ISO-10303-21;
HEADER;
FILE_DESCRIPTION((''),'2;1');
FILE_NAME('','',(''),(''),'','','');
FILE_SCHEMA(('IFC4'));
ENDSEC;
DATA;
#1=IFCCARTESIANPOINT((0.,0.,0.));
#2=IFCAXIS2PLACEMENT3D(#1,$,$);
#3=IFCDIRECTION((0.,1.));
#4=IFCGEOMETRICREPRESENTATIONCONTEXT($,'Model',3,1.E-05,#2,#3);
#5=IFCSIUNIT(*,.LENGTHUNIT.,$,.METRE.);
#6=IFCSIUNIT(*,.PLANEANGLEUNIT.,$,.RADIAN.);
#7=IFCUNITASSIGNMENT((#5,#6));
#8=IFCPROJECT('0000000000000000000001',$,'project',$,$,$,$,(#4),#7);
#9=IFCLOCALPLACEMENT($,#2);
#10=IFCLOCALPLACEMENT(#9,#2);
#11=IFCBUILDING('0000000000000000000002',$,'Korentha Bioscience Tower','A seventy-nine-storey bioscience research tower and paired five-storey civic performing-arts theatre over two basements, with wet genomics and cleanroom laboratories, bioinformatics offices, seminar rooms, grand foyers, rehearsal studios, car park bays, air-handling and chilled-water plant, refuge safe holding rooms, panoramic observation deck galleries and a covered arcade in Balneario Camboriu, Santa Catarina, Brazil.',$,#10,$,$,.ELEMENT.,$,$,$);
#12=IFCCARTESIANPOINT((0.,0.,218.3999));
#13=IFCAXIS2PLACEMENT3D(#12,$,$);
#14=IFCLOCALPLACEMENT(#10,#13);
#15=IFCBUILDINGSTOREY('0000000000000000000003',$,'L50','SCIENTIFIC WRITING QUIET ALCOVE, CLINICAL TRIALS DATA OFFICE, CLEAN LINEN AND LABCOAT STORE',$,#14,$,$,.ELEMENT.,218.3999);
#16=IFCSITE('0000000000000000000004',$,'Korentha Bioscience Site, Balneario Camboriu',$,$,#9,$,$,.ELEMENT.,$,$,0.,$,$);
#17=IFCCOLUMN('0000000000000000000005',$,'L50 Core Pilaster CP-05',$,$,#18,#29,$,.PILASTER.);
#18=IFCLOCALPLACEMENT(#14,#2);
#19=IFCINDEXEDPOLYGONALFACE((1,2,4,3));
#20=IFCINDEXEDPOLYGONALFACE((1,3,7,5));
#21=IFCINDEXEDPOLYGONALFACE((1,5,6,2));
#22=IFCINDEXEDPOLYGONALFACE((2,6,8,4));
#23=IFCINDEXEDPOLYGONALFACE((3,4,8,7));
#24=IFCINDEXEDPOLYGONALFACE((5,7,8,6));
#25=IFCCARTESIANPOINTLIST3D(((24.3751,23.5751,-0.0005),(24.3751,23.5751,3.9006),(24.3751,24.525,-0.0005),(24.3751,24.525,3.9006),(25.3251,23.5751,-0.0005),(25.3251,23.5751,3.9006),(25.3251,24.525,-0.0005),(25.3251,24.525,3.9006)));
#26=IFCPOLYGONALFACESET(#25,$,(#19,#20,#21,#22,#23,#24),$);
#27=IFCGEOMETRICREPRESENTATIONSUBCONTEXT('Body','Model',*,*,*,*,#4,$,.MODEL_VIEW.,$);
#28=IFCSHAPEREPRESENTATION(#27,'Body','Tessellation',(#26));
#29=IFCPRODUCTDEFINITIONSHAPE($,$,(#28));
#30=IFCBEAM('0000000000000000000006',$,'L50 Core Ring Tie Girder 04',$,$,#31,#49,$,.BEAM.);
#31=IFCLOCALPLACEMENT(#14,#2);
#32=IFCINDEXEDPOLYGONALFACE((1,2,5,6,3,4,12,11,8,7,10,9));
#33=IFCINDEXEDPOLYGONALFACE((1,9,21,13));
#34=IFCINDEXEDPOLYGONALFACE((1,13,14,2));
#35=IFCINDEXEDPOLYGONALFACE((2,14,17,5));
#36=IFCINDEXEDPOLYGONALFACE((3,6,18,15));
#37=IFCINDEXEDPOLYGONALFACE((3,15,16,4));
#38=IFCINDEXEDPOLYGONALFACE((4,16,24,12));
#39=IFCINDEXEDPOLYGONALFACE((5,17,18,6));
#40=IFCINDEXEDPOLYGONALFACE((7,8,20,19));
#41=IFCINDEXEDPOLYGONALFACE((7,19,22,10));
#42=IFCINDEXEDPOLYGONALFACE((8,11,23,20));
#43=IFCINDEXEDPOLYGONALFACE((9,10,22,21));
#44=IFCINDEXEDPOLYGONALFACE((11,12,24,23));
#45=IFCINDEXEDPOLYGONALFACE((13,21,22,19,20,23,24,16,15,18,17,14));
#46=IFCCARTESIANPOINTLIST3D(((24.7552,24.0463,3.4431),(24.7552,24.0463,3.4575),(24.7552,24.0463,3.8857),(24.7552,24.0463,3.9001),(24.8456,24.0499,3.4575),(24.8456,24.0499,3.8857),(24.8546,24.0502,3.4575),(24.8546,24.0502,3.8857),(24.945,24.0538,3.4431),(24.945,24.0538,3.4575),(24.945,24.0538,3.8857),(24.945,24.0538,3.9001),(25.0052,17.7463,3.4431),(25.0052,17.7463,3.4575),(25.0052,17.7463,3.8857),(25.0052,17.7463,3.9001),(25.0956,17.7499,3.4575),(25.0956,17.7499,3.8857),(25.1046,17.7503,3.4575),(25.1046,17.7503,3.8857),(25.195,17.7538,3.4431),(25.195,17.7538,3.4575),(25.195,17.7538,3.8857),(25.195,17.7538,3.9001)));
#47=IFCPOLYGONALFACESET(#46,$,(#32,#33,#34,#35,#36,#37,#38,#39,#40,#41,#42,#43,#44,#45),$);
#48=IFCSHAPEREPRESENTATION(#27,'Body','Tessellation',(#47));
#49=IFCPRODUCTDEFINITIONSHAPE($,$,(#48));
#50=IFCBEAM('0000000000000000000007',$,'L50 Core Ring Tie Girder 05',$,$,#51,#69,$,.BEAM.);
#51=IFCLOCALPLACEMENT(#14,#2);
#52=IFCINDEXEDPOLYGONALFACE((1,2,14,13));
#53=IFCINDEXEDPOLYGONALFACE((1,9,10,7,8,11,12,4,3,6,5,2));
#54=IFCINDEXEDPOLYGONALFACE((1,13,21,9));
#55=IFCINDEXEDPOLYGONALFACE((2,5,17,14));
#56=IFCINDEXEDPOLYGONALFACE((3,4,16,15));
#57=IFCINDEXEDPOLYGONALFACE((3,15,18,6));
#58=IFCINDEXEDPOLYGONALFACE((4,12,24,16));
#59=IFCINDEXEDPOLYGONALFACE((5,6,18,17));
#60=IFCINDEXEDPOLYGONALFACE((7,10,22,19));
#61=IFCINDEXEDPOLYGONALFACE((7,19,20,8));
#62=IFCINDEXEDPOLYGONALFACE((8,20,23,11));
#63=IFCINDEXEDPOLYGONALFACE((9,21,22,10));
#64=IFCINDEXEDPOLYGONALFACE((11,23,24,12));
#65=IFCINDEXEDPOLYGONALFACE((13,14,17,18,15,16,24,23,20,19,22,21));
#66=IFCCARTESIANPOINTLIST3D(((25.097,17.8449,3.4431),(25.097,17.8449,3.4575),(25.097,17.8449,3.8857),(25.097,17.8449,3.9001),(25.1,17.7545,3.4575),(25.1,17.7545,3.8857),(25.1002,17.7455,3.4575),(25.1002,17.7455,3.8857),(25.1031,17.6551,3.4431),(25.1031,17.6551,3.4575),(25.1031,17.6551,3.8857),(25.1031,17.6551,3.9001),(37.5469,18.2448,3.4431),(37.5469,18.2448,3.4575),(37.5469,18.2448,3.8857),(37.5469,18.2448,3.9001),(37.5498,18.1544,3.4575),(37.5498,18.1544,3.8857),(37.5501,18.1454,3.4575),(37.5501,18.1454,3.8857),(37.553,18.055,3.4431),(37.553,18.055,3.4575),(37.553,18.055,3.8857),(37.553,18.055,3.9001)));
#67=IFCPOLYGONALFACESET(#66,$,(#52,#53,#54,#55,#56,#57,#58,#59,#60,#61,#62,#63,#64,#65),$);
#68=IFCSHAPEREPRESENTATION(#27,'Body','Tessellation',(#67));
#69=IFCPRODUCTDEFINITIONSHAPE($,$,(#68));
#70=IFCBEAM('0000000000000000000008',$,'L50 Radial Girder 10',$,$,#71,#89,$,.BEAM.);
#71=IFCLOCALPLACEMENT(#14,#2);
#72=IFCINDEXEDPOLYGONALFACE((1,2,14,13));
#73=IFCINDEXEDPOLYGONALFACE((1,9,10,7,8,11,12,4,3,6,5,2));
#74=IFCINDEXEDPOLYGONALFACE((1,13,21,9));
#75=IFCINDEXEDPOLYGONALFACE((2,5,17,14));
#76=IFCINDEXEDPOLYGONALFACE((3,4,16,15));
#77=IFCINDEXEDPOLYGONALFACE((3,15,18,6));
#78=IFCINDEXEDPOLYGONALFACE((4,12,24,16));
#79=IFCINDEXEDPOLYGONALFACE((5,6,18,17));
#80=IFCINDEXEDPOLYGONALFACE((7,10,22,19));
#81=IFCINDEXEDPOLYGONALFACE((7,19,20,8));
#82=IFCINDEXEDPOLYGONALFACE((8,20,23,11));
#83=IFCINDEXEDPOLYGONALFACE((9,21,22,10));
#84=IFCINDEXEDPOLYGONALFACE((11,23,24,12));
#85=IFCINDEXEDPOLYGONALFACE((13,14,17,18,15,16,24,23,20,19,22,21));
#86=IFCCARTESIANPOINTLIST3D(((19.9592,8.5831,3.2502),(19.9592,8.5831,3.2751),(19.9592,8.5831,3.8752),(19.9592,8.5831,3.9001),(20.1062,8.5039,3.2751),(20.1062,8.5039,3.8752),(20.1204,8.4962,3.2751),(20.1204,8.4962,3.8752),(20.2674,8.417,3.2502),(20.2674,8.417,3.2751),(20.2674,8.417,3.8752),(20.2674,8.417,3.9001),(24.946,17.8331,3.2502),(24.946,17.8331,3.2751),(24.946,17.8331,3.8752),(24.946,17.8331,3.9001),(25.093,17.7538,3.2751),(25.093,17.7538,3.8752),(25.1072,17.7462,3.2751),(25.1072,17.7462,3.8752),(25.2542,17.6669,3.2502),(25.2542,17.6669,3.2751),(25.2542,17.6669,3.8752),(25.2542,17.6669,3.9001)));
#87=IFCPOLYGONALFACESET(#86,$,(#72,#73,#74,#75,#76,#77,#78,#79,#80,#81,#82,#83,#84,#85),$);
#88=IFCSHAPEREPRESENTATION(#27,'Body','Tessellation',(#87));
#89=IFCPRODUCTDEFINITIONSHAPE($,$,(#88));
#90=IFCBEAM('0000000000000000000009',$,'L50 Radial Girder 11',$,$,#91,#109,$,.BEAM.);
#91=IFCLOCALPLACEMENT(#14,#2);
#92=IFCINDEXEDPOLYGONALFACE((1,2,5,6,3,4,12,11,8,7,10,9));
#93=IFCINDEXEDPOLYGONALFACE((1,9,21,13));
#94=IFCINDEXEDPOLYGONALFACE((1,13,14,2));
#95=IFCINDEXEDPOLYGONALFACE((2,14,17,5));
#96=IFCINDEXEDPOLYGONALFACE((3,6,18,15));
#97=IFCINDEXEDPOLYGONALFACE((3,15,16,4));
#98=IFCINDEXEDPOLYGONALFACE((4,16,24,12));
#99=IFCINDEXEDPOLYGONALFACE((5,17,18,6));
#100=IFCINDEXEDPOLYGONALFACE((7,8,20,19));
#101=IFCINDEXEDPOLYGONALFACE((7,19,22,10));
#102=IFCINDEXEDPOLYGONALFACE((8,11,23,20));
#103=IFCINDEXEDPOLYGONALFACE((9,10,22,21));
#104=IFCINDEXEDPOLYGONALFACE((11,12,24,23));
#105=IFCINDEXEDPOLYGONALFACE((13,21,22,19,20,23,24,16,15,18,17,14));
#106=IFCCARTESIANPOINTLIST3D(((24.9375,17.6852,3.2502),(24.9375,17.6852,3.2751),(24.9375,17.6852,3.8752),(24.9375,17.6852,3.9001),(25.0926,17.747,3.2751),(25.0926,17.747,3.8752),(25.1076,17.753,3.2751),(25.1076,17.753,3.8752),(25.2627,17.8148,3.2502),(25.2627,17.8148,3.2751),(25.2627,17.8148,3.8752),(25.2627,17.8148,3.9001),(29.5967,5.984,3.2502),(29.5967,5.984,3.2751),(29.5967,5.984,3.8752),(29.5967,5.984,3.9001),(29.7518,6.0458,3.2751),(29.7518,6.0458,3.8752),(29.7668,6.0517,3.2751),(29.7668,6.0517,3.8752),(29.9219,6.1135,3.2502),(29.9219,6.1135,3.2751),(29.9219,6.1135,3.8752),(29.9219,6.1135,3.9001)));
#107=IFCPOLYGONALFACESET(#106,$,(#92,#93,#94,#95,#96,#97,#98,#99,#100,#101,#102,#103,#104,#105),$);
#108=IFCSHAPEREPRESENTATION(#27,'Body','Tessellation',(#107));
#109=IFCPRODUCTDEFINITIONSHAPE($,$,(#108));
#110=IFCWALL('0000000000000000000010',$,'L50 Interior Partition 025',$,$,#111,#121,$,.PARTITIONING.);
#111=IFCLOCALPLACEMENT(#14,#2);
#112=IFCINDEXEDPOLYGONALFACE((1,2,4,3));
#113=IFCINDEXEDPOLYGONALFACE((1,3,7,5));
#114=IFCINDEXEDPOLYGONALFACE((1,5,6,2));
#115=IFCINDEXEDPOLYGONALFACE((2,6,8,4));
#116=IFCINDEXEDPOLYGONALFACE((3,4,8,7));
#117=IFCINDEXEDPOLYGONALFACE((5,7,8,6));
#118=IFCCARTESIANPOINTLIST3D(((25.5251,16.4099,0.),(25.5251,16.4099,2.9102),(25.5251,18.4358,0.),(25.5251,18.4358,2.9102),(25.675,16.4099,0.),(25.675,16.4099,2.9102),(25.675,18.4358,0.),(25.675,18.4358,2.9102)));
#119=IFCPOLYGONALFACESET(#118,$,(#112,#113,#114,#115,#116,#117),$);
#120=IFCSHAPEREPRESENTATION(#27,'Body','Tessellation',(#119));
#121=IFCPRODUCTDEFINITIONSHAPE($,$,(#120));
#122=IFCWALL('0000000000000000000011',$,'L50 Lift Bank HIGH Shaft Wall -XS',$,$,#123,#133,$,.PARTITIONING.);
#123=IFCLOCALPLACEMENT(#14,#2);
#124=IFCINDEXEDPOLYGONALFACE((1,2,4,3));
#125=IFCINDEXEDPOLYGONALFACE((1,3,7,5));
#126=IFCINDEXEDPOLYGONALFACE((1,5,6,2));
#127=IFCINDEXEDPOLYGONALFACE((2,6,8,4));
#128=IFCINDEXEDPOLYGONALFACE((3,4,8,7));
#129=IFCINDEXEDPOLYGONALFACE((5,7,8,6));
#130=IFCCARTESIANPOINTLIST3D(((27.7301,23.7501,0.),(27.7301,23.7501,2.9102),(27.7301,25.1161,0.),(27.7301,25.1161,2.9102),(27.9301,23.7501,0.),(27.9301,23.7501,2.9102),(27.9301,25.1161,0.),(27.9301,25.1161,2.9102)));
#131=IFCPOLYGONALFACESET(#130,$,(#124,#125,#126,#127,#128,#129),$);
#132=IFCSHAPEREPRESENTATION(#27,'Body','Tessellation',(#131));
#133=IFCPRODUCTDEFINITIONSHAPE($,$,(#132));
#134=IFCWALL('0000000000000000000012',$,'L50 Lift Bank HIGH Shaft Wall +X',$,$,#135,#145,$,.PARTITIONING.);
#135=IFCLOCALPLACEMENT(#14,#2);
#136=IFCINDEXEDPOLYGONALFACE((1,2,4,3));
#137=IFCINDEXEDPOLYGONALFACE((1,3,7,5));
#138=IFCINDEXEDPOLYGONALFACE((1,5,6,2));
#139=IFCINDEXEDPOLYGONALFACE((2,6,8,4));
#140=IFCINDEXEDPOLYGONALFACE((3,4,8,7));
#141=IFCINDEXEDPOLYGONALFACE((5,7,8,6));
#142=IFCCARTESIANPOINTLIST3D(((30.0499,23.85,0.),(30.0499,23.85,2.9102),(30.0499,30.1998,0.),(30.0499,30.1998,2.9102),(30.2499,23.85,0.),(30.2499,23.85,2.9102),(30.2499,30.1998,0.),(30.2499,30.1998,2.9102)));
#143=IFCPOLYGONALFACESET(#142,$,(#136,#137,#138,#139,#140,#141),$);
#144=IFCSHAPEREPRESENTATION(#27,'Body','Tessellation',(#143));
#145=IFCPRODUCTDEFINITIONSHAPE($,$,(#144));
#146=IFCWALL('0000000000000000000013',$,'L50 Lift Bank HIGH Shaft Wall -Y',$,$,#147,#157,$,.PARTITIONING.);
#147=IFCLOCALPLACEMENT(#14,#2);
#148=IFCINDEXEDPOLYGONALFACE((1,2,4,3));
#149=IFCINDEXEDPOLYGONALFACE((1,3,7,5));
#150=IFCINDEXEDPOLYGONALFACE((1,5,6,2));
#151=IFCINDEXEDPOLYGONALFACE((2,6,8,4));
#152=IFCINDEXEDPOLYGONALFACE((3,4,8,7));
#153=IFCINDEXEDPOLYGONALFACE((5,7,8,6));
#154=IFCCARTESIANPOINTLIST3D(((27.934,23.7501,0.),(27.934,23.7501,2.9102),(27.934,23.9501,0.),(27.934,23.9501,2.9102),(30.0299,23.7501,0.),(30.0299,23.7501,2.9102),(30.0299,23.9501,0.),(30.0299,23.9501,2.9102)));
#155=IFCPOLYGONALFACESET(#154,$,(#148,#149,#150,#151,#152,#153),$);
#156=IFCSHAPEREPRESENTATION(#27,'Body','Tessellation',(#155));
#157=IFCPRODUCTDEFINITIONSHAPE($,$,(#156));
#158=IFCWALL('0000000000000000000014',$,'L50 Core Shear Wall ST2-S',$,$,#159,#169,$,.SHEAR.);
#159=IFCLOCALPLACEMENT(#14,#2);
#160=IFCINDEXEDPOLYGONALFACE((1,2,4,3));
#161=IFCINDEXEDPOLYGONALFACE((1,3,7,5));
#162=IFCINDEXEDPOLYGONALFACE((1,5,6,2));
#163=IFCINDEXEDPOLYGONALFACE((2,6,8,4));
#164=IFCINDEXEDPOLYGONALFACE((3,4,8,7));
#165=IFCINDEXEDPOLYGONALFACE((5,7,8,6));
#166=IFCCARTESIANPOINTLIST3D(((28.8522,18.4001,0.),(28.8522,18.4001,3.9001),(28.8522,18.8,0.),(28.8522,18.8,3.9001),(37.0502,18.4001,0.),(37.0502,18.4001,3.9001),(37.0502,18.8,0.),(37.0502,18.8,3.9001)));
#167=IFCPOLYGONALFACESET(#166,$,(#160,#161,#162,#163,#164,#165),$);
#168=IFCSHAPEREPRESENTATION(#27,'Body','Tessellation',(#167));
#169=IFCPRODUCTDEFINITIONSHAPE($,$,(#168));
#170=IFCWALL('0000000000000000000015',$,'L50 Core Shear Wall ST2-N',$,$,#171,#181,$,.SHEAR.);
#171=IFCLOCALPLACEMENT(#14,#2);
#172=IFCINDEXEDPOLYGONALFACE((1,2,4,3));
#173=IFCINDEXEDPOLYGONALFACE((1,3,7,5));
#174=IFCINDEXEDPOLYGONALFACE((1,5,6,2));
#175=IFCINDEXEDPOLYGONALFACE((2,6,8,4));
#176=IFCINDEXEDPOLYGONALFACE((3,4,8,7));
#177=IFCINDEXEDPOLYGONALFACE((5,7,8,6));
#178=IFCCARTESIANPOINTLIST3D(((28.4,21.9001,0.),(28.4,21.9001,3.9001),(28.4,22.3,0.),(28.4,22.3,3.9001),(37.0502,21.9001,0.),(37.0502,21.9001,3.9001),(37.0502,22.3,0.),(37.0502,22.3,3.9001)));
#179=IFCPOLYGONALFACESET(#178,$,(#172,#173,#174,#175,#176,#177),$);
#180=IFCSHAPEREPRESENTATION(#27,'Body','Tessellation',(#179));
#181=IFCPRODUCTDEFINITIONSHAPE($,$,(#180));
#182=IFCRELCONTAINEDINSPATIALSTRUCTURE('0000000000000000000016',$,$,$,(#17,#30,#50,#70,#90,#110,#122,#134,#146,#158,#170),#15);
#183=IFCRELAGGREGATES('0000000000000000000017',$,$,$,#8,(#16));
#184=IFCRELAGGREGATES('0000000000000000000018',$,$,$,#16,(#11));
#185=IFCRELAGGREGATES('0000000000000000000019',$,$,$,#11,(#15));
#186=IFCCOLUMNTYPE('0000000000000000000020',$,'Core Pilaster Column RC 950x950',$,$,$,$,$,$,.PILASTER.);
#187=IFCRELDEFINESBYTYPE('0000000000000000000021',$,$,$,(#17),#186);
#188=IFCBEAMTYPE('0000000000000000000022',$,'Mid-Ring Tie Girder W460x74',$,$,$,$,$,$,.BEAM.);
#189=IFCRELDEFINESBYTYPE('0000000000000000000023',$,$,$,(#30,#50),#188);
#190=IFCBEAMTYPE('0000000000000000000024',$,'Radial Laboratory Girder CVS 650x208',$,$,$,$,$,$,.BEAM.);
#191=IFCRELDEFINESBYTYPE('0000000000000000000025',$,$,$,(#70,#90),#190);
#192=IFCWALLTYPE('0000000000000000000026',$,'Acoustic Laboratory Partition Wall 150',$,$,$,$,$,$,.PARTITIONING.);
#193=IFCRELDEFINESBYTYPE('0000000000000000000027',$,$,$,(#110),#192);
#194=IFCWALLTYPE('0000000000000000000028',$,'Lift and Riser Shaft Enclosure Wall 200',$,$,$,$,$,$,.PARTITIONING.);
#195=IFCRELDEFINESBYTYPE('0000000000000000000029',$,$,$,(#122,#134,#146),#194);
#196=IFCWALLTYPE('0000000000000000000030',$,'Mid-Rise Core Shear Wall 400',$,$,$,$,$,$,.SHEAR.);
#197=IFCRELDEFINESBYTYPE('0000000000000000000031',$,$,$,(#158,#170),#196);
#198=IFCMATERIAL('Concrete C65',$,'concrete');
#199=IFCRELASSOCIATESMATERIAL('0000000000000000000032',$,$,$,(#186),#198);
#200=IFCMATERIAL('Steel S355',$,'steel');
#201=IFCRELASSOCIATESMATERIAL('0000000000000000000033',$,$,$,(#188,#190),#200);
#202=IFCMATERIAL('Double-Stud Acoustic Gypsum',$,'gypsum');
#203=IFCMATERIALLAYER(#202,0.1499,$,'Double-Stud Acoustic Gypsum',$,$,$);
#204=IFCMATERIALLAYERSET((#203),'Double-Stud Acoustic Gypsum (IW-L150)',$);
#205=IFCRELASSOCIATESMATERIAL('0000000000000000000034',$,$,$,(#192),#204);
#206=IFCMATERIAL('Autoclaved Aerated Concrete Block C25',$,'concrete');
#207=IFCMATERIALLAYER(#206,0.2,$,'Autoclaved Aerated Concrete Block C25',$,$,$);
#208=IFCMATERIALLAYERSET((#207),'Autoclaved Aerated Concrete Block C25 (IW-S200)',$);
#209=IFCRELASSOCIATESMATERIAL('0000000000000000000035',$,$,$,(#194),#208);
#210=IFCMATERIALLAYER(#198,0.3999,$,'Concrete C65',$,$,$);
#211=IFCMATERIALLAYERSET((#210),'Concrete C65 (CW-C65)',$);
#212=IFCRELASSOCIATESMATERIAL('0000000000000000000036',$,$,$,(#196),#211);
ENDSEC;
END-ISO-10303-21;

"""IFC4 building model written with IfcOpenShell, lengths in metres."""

from ifc_helpers import new_model, si_unit, direction, frame, frame_2d, origin, origin_2d, place, context, subcontext, project, spatial, rectangle, i_section, extrude, material, layer, layer_set, material_profile, profile_set, type_object, element, save


model = new_model("IFC4")

# Units and contexts
model_context = context("Model", 3, precision=1e-05, world=origin(), true_north=direction((0.0, 1.0)))
body_context = subcontext(model_context, "Body", "Model", "MODEL_VIEW")
ifc_project = project(units=[si_unit("LENGTHUNIT", "METRE"), si_unit("PLANEANGLEUNIT", "RADIAN")], contexts=[model_context])

# Site, building, storey
site_placement = place(None, origin())
site = spatial("IfcSite", under=ifc_project, at=site_placement, Name="Korentha Bioscience Site, Balneario Camboriu", CompositionType="ELEMENT", RefElevation=0.0)
building_placement = place(site_placement, origin())
building = spatial("IfcBuilding", under=site, at=building_placement, Name="Korentha Bioscience Tower", Description="A seventy-nine-storey bioscience research tower and paired five-storey civic performing-arts theatre over two basements, with wet genomics and cleanroom laboratories, bioinformatics offices, seminar rooms, grand foyers, rehearsal studios, car park bays, air-handling and chilled-water plant, refuge safe holding rooms, panoramic observation deck galleries and a covered arcade in Balneario Camboriu, Santa Catarina, Brazil.", CompositionType="ELEMENT")
storey_placement = place(building_placement, frame((0.0, 0.0, 218.3999)))
storey = spatial("IfcBuildingStorey", under=building, at=storey_placement, Name="L50", Description="SCIENTIFIC WRITING QUIET ALCOVE, CLINICAL TRIALS DATA OFFICE, CLEAN LINEN AND LABCOAT STORE", CompositionType="ELEMENT", Elevation=218.3999)

# Column
ifc_material_1 = material(Name="Concrete C65", Category="concrete")
ifc_material_profile_1 = material_profile(ifc_material_1, rectangle(XDim=0.95, YDim=0.95, at=origin_2d()), Name="Concrete C65")
ifc_profile_set_1 = profile_set([ifc_material_profile_1], Name="Concrete C65 (COL-CP09)")
column_type = type_object("IfcColumnType", Name="Core Pilaster Column RC 950x950", PredefinedType="PILASTER", material=ifc_profile_set_1)
column_placement = place(storey_placement, frame((24.8501, 24.05, -0.0005), z_axis=(0.0, 0.0, 1.0), x_axis=(1.0, 0.0, 0.0)))
element("IfcColumn", 1, at=column_placement, inside=storey, type_object=column_type, Name="L50 Core Pilaster CP-05", PredefinedType="PILASTER", context=body_context, shape_type="SweptSolid", body=[
    extrude(rectangle(XDim=0.95, YDim=0.95, at=origin_2d()), origin(), (0.0, 0.0, 1.0), 3.9011),
])

# Beams
ifc_material_2 = material(Name="Steel S355", Category="steel")
ifc_material_profile_2 = material_profile(ifc_material_2, i_section(OverallWidth=0.1899, OverallDepth=0.457, WebThickness=0.009, FlangeThickness=0.0144, at=origin_2d()), Name="Steel S355")
ifc_profile_set_2 = profile_set([ifc_material_profile_2], Name="Steel S355 (MB-460)")
beam_type_1 = type_object("IfcBeamType", Name="Mid-Ring Tie Girder W460x74", PredefinedType="BEAM", material=ifc_profile_set_2)
beam_1_placement = place(storey_placement, frame((24.8501, 24.05, 3.6716), z_axis=(0.039651, -0.999214, 0.0), x_axis=(0.999214, 0.039651, 0.0)))
element("IfcBeam", 2, at=beam_1_placement, inside=storey, type_object=beam_type_1, Name="L50 Core Ring Tie Girder 04", PredefinedType="BEAM", context=body_context, shape_type="SweptSolid", body=[
    extrude(i_section(OverallWidth=0.1899, OverallDepth=0.457, WebThickness=0.009, FlangeThickness=0.0144, at=origin_2d()), origin(), (0.0, 0.0, 1.0), 6.3049),
])
beam_2_placement = place(storey_placement, frame((25.1001, 17.75, 3.6716), z_axis=(0.999485, 0.032104, 0.0), x_axis=(-0.032104, 0.999485, 0.0)))
element("IfcBeam", 3, at=beam_2_placement, inside=storey, type_object=beam_type_1, Name="L50 Core Ring Tie Girder 05", PredefinedType="BEAM", context=body_context, shape_type="SweptSolid", body=[
    extrude(i_section(OverallWidth=0.1899, OverallDepth=0.457, WebThickness=0.009, FlangeThickness=0.0144, at=origin_2d()), origin(), (0.0, 0.0, 1.0), 12.4563),
])
ifc_material_profile_3 = material_profile(ifc_material_2, i_section(OverallWidth=0.3501, OverallDepth=0.6499, WebThickness=0.0161, FlangeThickness=0.0249, at=origin_2d()), Name="Steel S355")
ifc_profile_set_3 = profile_set([ifc_material_profile_3], Name="Steel S355 (RB-650)")
beam_type_2 = type_object("IfcBeamType", Name="Radial Laboratory Girder CVS 650x208", PredefinedType="BEAM", material=ifc_profile_set_3)
beam_3_placement = place(storey_placement, frame((25.1001, 17.75, 3.5752), z_axis=(-0.474546, -0.880231, 0.0), x_axis=(0.880231, -0.474546, 0.0)))
element("IfcBeam", 4, at=beam_3_placement, inside=storey, type_object=beam_type_2, Name="L50 Radial Girder 10", PredefinedType="BEAM", context=body_context, shape_type="SweptSolid", body=[
    extrude(i_section(OverallWidth=0.3501, OverallDepth=0.6499, WebThickness=0.0161, FlangeThickness=0.0249, at=origin_2d()), origin(), (0.0, 0.0, 1.0), 10.5085),
])
beam_4_placement = place(storey_placement, frame((25.1001, 17.75, 3.5752), z_axis=(0.369933, -0.929058, 0.0), x_axis=(0.929058, 0.369933, 0.0)))
element("IfcBeam", 5, at=beam_4_placement, inside=storey, type_object=beam_type_2, Name="L50 Radial Girder 11", PredefinedType="BEAM", context=body_context, shape_type="SweptSolid", body=[
    extrude(i_section(OverallWidth=0.3501, OverallDepth=0.6499, WebThickness=0.0161, FlangeThickness=0.0249, at=origin_2d()), origin(), (0.0, 0.0, 1.0), 12.5947),
])

# Walls
ifc_material_3 = material(Name="Double-Stud Acoustic Gypsum", Category="gypsum")
ifc_layer_1 = layer(ifc_material_3, 0.1499, Name="Double-Stud Acoustic Gypsum")
ifc_layer_set_1 = layer_set([ifc_layer_1], Name="Double-Stud Acoustic Gypsum (IW-L150)")
wall_type_1 = type_object("IfcWallType", Name="Acoustic Laboratory Partition Wall 150", PredefinedType="PARTITIONING", material=ifc_layer_set_1)
wall_1_placement = place(storey_placement, frame((25.6001, 18.4358, 0.0), z_axis=(0.0, 0.0, 1.0), x_axis=(0.0, -1.0, 0.0)))
element("IfcWall", 6, at=wall_1_placement, inside=storey, type_object=wall_type_1, Name="L50 Interior Partition 025", PredefinedType="PARTITIONING", context=body_context, shape_type="SweptSolid", body=[
    extrude(rectangle(XDim=2.0259, YDim=0.1499, at=frame_2d((1.0129, 0.0))), origin(), (0.0, 0.0, 1.0), 2.9102),
])
ifc_material_4 = material(Name="Autoclaved Aerated Concrete Block C25", Category="concrete")
ifc_layer_2 = layer(ifc_material_4, 0.2, Name="Autoclaved Aerated Concrete Block C25")
ifc_layer_set_2 = layer_set([ifc_layer_2], Name="Autoclaved Aerated Concrete Block C25 (IW-S200)")
wall_type_2 = type_object("IfcWallType", Name="Lift and Riser Shaft Enclosure Wall 200", PredefinedType="PARTITIONING", material=ifc_layer_set_2)
wall_2_placement = place(storey_placement, frame((27.8301, 23.75, 0.0), z_axis=(0.0, 0.0, 1.0), x_axis=(0.0, 1.0, 0.0)))
element("IfcWall", 7, at=wall_2_placement, inside=storey, type_object=wall_type_2, Name="L50 Lift Bank HIGH Shaft Wall -XS", PredefinedType="PARTITIONING", context=body_context, shape_type="SweptSolid", body=[
    extrude(rectangle(XDim=1.366, YDim=0.2, at=frame_2d((0.6831, 0.0))), origin(), (0.0, 0.0, 1.0), 2.9102),
])
wall_3_placement = place(storey_placement, frame((30.1499, 23.8501, 0.0), z_axis=(0.0, 0.0, 1.0), x_axis=(0.0, 1.0, 0.0)))
element("IfcWall", 8, at=wall_3_placement, inside=storey, type_object=wall_type_2, Name="L50 Lift Bank HIGH Shaft Wall +X", PredefinedType="PARTITIONING", context=body_context, shape_type="SweptSolid", body=[
    extrude(rectangle(XDim=6.3499, YDim=0.2, at=frame_2d((3.1748, 0.0))), origin(), (0.0, 0.0, 1.0), 2.9102),
])
wall_4_placement = place(storey_placement, frame((27.9341, 23.8501, 0.0), z_axis=(0.0, 0.0, 1.0), x_axis=(1.0, 0.0, 0.0)))
element("IfcWall", 9, at=wall_4_placement, inside=storey, type_object=wall_type_2, Name="L50 Lift Bank HIGH Shaft Wall -Y", PredefinedType="PARTITIONING", context=body_context, shape_type="SweptSolid", body=[
    extrude(rectangle(XDim=2.0959, YDim=0.2, at=frame_2d((1.0479, 0.0))), origin(), (0.0, 0.0, 1.0), 2.9102),
])
ifc_layer_3 = layer(ifc_material_1, 0.3999, Name="Concrete C65")
ifc_layer_set_3 = layer_set([ifc_layer_3], Name="Concrete C65 (CW-C65)")
wall_type_3 = type_object("IfcWallType", Name="Mid-Rise Core Shear Wall 400", PredefinedType="SHEAR", material=ifc_layer_set_3)
wall_5_placement = place(storey_placement, frame((28.8521, 18.6001, 0.0), z_axis=(0.0, 0.0, 1.0), x_axis=(1.0, 0.0, 0.0)))
element("IfcWall", 10, at=wall_5_placement, inside=storey, type_object=wall_type_3, Name="L50 Core Shear Wall ST2-S", PredefinedType="SHEAR", context=body_context, shape_type="SweptSolid", body=[
    extrude(rectangle(XDim=8.198, YDim=0.3999, at=frame_2d((4.0991, 0.0))), origin(), (0.0, 0.0, 1.0), 3.9001),
])
wall_6_placement = place(storey_placement, frame((28.3999, 22.1001, 0.0), z_axis=(0.0, 0.0, 1.0), x_axis=(1.0, 0.0, 0.0)))
element("IfcWall", 11, at=wall_6_placement, inside=storey, type_object=wall_type_3, Name="L50 Core Shear Wall ST2-N", PredefinedType="SHEAR", context=body_context, shape_type="SweptSolid", body=[
    extrude(rectangle(XDim=8.6501, YDim=0.3999, at=frame_2d((4.3252, 0.0))), origin(), (0.0, 0.0, 1.0), 3.9001),
])

save(model, "model.ifc")
